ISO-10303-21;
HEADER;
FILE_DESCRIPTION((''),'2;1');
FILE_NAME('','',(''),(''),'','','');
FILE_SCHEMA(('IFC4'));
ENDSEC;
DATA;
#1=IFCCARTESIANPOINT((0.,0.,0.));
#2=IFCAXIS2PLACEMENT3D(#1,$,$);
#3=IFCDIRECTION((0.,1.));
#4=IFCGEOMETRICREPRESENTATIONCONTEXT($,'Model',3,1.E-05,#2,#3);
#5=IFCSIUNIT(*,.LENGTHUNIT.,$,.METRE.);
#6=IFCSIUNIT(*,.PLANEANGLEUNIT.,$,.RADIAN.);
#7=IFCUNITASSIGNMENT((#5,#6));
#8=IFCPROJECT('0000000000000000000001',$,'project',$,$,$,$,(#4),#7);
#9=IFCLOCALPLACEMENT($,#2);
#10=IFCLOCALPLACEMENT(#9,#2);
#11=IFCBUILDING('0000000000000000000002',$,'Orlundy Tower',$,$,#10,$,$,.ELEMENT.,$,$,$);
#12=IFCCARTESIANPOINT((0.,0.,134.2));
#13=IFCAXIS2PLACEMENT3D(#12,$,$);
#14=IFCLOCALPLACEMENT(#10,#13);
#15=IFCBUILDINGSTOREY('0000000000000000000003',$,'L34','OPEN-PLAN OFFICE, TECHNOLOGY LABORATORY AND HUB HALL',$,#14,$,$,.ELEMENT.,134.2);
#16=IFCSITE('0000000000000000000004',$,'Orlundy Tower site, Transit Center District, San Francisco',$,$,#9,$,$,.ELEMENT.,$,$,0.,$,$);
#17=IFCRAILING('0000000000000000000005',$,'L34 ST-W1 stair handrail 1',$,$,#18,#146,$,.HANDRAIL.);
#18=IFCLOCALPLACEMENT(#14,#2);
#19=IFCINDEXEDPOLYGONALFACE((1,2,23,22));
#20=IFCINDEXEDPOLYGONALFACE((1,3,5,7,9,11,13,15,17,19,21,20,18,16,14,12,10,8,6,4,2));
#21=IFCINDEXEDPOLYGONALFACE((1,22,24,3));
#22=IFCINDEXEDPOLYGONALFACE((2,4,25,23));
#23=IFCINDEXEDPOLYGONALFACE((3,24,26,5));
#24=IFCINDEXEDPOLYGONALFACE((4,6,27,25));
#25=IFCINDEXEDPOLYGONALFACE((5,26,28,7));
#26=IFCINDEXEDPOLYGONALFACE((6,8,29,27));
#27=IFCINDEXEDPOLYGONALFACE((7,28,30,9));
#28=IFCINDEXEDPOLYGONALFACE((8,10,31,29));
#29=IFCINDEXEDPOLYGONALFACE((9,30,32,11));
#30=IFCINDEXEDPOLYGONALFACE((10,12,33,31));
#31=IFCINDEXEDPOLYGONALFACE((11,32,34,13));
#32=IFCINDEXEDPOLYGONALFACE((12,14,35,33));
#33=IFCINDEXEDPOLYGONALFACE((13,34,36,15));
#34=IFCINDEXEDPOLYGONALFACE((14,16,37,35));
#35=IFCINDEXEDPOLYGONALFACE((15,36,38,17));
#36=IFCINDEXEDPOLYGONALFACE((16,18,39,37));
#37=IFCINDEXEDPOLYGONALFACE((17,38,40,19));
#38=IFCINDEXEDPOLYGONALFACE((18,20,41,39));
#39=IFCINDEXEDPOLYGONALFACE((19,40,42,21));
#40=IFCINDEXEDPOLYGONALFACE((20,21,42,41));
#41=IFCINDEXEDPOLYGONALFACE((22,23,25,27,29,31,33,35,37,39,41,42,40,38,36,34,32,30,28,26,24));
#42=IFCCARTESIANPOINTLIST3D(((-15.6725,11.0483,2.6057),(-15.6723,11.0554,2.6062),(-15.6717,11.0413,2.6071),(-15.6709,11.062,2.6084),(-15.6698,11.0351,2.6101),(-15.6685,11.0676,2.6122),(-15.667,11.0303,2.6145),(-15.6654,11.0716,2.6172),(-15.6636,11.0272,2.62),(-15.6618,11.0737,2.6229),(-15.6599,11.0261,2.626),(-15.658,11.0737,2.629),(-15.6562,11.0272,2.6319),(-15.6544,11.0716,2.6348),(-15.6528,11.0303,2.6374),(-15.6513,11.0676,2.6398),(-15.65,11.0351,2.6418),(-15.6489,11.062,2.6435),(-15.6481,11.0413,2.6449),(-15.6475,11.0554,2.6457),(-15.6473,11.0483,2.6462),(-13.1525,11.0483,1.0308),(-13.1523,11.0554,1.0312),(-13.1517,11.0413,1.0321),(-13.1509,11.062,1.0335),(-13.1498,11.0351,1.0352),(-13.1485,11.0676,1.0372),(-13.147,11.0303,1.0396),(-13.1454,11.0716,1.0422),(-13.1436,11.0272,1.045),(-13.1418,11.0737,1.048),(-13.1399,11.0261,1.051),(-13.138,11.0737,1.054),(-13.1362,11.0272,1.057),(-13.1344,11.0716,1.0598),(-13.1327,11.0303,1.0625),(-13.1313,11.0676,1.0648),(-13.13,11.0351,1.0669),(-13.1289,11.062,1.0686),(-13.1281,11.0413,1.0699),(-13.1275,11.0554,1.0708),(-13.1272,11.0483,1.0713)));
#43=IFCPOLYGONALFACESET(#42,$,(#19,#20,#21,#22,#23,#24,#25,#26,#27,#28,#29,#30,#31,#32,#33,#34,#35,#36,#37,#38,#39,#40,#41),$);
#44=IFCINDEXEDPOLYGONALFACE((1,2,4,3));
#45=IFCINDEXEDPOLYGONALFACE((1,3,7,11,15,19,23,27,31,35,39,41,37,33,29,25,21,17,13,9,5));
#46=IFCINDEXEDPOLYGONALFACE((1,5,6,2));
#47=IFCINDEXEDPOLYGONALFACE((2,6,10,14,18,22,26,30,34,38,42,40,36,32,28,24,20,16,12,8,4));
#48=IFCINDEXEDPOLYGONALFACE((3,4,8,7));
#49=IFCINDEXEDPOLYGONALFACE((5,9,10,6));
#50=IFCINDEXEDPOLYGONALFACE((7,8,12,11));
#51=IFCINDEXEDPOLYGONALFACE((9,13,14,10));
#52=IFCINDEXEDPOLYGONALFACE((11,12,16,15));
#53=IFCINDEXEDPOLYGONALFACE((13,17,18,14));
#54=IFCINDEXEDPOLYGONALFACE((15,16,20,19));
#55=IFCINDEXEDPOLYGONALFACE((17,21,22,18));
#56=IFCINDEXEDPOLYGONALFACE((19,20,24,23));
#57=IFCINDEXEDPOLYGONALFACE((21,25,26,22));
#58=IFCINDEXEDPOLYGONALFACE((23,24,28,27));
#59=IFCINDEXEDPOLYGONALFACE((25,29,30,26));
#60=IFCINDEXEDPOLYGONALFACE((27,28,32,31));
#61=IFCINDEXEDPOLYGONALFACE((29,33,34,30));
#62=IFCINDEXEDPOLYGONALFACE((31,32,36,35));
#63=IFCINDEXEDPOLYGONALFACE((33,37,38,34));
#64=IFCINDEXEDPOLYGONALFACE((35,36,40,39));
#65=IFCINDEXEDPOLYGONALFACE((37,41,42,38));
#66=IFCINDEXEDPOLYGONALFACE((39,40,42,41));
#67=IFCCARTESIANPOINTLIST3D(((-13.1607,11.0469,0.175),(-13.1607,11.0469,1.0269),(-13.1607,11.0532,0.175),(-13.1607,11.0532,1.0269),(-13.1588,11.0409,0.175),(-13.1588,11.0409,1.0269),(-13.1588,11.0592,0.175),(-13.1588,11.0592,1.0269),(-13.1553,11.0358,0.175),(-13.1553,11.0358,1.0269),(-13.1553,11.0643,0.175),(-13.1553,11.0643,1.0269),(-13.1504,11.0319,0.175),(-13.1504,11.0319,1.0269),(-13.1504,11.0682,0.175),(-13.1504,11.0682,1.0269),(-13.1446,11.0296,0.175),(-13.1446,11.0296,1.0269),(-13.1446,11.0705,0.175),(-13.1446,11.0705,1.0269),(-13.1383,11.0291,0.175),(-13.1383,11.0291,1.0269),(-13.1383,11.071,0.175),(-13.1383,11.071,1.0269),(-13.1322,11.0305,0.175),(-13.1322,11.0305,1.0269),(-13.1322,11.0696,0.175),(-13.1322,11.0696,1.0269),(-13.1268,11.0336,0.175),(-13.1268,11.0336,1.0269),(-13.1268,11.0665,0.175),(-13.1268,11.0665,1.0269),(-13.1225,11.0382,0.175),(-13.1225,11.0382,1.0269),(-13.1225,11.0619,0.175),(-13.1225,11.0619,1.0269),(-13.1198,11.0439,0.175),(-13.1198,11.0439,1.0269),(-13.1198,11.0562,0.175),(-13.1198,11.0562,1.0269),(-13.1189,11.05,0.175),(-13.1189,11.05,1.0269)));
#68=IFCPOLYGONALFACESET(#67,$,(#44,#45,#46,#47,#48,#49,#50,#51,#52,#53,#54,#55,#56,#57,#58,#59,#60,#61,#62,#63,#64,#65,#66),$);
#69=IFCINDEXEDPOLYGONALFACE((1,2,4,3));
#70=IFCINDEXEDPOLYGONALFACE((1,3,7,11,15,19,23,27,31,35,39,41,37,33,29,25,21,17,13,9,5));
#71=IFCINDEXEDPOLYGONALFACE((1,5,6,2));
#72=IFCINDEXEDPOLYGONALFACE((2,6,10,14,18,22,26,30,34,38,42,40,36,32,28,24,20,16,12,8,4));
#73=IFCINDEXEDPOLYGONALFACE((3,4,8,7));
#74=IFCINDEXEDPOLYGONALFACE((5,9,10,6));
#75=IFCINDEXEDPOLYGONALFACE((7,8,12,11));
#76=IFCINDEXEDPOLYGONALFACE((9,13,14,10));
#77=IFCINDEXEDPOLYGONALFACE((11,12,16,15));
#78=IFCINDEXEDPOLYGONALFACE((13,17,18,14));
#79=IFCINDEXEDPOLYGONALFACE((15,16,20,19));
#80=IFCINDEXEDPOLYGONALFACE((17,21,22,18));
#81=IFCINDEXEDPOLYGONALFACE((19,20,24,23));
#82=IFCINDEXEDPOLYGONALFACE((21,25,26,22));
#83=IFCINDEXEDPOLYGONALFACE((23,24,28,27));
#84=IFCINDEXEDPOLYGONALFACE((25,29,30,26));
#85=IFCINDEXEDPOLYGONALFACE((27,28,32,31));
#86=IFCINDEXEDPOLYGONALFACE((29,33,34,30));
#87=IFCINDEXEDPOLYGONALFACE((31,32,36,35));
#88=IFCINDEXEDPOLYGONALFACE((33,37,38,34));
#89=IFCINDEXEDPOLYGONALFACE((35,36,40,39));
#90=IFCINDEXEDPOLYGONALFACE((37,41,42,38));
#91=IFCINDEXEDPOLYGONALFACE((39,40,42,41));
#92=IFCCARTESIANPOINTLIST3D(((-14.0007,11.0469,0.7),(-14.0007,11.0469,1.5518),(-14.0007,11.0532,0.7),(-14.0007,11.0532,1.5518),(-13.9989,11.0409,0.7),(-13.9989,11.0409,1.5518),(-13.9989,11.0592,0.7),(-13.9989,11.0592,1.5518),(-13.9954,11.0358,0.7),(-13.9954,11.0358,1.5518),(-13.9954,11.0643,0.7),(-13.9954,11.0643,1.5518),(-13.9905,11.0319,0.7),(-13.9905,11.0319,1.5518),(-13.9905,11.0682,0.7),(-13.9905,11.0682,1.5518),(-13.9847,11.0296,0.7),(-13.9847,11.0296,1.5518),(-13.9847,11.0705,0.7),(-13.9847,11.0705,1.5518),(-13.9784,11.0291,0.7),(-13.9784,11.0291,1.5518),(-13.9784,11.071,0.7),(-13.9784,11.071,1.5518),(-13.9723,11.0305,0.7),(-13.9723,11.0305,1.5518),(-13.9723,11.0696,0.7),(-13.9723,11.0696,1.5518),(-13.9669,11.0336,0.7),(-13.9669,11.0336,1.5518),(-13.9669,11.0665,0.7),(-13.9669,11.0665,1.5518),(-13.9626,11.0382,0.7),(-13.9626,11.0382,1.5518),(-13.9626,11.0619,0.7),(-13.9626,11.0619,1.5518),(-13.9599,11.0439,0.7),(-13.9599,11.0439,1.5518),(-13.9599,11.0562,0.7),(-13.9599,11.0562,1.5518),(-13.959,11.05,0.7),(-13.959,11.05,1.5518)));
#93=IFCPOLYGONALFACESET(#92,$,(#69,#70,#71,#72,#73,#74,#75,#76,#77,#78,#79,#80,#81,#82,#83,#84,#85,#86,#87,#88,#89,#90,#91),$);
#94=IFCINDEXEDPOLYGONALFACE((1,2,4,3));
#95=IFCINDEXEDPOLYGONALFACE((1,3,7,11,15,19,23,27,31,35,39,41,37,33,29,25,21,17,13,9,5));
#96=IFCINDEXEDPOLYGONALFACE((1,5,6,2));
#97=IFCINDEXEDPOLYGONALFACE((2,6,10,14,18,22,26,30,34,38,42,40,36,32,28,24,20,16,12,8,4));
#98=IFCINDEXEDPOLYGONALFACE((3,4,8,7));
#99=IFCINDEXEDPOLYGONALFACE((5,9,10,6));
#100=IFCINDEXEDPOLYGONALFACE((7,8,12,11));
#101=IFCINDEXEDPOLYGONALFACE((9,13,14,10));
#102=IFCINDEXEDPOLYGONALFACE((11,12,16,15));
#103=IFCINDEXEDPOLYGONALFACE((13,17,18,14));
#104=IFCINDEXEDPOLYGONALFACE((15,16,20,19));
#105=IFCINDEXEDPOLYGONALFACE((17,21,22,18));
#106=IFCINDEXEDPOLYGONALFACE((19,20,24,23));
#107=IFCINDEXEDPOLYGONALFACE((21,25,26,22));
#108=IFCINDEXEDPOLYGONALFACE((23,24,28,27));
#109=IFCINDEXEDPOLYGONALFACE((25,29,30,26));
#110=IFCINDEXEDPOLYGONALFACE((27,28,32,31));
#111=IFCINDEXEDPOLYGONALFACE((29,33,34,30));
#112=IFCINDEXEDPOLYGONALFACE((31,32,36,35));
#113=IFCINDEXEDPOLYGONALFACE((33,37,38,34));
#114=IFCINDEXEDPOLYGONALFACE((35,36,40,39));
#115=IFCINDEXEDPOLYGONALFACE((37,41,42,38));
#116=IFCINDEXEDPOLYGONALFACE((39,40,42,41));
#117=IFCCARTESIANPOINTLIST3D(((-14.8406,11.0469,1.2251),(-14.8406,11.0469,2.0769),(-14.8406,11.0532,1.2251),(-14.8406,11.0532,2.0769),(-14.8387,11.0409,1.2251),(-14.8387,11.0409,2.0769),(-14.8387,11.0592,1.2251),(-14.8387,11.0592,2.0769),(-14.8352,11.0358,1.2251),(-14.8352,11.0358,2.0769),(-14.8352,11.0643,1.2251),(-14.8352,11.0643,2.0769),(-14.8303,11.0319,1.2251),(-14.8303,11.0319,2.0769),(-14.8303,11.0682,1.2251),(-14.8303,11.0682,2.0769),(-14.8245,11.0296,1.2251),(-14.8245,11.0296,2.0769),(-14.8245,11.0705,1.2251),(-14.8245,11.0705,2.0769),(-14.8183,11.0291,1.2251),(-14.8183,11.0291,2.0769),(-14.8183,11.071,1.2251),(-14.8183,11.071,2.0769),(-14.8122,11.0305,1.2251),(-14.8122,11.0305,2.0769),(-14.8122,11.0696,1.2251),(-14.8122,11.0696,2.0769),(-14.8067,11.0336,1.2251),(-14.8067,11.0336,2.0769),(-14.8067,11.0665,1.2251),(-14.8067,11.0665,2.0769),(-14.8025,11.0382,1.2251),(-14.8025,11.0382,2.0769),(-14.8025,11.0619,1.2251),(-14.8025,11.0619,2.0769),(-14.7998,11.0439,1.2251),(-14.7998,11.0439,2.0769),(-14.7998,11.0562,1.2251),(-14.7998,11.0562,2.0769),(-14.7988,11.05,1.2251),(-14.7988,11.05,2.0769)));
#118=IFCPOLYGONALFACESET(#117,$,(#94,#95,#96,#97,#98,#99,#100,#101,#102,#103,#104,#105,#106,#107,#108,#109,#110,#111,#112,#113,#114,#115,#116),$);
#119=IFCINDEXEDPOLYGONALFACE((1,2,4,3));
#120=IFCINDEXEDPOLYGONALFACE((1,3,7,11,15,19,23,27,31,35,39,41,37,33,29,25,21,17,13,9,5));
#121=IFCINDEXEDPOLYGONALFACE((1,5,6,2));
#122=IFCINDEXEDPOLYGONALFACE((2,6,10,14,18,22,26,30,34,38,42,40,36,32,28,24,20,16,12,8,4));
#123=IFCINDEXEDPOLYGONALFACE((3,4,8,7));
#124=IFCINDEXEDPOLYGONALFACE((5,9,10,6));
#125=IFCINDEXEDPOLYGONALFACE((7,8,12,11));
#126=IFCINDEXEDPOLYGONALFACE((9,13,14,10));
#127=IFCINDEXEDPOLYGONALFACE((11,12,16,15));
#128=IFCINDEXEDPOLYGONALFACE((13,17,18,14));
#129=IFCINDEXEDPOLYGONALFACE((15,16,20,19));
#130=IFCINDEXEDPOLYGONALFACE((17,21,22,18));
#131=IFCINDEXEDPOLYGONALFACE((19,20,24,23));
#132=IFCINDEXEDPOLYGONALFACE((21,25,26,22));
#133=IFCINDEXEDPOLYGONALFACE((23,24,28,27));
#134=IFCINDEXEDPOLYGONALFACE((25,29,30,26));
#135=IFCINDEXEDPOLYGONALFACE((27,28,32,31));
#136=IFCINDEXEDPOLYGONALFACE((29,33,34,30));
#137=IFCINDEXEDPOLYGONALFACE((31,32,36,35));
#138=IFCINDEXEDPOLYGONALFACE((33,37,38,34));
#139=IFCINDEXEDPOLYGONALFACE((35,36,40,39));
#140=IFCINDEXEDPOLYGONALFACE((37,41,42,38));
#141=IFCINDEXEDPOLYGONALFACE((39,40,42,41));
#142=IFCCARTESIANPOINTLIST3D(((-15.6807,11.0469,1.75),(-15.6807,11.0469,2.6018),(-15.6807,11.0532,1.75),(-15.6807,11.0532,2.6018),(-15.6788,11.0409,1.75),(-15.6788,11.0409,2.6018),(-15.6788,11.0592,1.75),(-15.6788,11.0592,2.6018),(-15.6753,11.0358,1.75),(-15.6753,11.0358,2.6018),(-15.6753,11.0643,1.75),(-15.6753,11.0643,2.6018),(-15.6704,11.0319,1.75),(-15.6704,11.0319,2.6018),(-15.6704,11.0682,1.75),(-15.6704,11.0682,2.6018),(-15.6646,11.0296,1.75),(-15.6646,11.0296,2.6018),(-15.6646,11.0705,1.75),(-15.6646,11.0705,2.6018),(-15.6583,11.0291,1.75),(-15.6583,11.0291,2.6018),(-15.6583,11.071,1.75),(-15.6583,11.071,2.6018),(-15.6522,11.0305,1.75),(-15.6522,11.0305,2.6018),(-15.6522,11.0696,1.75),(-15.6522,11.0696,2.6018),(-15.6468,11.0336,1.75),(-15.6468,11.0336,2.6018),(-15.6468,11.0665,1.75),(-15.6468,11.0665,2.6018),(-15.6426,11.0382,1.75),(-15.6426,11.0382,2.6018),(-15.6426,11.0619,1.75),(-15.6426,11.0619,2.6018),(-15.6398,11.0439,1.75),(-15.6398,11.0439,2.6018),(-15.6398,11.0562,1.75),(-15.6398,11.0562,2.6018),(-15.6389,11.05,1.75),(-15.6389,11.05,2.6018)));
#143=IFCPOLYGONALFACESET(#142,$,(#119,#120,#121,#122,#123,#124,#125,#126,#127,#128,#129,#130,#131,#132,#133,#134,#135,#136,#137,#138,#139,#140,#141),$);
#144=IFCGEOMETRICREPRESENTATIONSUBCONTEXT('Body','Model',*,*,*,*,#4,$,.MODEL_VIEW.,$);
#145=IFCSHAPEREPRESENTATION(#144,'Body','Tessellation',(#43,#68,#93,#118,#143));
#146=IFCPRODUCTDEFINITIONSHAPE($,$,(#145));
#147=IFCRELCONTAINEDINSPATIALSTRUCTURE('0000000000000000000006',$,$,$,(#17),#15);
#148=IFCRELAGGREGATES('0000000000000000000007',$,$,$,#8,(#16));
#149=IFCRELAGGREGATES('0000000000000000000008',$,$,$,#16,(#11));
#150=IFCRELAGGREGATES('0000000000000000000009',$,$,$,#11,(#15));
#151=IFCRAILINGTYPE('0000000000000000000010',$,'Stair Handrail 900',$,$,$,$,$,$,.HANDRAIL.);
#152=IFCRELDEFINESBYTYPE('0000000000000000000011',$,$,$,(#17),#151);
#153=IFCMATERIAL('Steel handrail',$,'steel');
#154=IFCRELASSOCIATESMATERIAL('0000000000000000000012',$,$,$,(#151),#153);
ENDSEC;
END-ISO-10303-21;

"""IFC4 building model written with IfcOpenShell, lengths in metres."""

from ifc_helpers import new_model, si_unit, direction, frame, origin, origin_2d, place, context, subcontext, project, spatial, circle, extrude, material, type_object, element, save


model = new_model("IFC4")

# Units and contexts
model_context = context("Model", 3, precision=1e-05, world=origin(), true_north=direction((0.0, 1.0)))
body_context = subcontext(model_context, "Body", "Model", "MODEL_VIEW")
ifc_project = project(units=[si_unit("LENGTHUNIT", "METRE"), si_unit("PLANEANGLEUNIT", "RADIAN")], contexts=[model_context])

# Site, building, storey
site_placement = place(None, origin())
site = spatial("IfcSite", under=ifc_project, at=site_placement, Name="Orlundy Tower site, Transit Center District, San Francisco", CompositionType="ELEMENT", RefElevation=0.0)
building_placement = place(site_placement, origin())
building = spatial("IfcBuilding", under=site, at=building_placement, Name="Orlundy Tower", CompositionType="ELEMENT")
storey_placement = place(building_placement, frame((0.0, 0.0, 134.2)))
storey = spatial("IfcBuildingStorey", under=building, at=storey_placement, Name="L34", Description="OPEN-PLAN OFFICE, TECHNOLOGY LABORATORY AND HUB HALL", CompositionType="ELEMENT", Elevation=134.2)

# Railing
ifc_material_1 = material(Name="Steel handrail", Category="steel")
railing_type_1 = type_object("IfcRailingType", Name="Stair Handrail 900", PredefinedType="HANDRAIL", material=ifc_material_1)
railing_1_placement = place(storey_placement, frame((-13.1399, 11.05, 0.175)))
element("IfcRailing", 1, at=railing_1_placement, inside=storey, type_object=railing_type_1, Name="L34 ST-W1 stair handrail 1", PredefinedType="HANDRAIL", context=body_context, shape_type="SweptSolid", body=[
    extrude(circle(Radius=0.0239, at=origin_2d()), frame((0.0, 0.0, 0.876), z_axis=(-0.848008, 0.0, 0.529984), x_axis=(0.0, -1.0, 0.0)), (0.0, 0.0, 1.0), 2.9717),
    extrude(circle(Radius=0.021, at=origin_2d()), origin(), (0.0, 0.0, 1.0), 0.8518),
    extrude(circle(Radius=0.021, at=origin_2d()), frame((-0.8401, 0.0, 0.5249)), (0.0, 0.0, 1.0), 0.8518),
    extrude(circle(Radius=0.021, at=origin_2d()), frame((-1.6799, 0.0, 1.05)), (0.0, 0.0, 1.0), 0.8518),
    extrude(circle(Radius=0.021, at=origin_2d()), frame((-2.52, 0.0, 1.575)), (0.0, 0.0, 1.0), 0.8518),
])

save(model, "model.ifc")
